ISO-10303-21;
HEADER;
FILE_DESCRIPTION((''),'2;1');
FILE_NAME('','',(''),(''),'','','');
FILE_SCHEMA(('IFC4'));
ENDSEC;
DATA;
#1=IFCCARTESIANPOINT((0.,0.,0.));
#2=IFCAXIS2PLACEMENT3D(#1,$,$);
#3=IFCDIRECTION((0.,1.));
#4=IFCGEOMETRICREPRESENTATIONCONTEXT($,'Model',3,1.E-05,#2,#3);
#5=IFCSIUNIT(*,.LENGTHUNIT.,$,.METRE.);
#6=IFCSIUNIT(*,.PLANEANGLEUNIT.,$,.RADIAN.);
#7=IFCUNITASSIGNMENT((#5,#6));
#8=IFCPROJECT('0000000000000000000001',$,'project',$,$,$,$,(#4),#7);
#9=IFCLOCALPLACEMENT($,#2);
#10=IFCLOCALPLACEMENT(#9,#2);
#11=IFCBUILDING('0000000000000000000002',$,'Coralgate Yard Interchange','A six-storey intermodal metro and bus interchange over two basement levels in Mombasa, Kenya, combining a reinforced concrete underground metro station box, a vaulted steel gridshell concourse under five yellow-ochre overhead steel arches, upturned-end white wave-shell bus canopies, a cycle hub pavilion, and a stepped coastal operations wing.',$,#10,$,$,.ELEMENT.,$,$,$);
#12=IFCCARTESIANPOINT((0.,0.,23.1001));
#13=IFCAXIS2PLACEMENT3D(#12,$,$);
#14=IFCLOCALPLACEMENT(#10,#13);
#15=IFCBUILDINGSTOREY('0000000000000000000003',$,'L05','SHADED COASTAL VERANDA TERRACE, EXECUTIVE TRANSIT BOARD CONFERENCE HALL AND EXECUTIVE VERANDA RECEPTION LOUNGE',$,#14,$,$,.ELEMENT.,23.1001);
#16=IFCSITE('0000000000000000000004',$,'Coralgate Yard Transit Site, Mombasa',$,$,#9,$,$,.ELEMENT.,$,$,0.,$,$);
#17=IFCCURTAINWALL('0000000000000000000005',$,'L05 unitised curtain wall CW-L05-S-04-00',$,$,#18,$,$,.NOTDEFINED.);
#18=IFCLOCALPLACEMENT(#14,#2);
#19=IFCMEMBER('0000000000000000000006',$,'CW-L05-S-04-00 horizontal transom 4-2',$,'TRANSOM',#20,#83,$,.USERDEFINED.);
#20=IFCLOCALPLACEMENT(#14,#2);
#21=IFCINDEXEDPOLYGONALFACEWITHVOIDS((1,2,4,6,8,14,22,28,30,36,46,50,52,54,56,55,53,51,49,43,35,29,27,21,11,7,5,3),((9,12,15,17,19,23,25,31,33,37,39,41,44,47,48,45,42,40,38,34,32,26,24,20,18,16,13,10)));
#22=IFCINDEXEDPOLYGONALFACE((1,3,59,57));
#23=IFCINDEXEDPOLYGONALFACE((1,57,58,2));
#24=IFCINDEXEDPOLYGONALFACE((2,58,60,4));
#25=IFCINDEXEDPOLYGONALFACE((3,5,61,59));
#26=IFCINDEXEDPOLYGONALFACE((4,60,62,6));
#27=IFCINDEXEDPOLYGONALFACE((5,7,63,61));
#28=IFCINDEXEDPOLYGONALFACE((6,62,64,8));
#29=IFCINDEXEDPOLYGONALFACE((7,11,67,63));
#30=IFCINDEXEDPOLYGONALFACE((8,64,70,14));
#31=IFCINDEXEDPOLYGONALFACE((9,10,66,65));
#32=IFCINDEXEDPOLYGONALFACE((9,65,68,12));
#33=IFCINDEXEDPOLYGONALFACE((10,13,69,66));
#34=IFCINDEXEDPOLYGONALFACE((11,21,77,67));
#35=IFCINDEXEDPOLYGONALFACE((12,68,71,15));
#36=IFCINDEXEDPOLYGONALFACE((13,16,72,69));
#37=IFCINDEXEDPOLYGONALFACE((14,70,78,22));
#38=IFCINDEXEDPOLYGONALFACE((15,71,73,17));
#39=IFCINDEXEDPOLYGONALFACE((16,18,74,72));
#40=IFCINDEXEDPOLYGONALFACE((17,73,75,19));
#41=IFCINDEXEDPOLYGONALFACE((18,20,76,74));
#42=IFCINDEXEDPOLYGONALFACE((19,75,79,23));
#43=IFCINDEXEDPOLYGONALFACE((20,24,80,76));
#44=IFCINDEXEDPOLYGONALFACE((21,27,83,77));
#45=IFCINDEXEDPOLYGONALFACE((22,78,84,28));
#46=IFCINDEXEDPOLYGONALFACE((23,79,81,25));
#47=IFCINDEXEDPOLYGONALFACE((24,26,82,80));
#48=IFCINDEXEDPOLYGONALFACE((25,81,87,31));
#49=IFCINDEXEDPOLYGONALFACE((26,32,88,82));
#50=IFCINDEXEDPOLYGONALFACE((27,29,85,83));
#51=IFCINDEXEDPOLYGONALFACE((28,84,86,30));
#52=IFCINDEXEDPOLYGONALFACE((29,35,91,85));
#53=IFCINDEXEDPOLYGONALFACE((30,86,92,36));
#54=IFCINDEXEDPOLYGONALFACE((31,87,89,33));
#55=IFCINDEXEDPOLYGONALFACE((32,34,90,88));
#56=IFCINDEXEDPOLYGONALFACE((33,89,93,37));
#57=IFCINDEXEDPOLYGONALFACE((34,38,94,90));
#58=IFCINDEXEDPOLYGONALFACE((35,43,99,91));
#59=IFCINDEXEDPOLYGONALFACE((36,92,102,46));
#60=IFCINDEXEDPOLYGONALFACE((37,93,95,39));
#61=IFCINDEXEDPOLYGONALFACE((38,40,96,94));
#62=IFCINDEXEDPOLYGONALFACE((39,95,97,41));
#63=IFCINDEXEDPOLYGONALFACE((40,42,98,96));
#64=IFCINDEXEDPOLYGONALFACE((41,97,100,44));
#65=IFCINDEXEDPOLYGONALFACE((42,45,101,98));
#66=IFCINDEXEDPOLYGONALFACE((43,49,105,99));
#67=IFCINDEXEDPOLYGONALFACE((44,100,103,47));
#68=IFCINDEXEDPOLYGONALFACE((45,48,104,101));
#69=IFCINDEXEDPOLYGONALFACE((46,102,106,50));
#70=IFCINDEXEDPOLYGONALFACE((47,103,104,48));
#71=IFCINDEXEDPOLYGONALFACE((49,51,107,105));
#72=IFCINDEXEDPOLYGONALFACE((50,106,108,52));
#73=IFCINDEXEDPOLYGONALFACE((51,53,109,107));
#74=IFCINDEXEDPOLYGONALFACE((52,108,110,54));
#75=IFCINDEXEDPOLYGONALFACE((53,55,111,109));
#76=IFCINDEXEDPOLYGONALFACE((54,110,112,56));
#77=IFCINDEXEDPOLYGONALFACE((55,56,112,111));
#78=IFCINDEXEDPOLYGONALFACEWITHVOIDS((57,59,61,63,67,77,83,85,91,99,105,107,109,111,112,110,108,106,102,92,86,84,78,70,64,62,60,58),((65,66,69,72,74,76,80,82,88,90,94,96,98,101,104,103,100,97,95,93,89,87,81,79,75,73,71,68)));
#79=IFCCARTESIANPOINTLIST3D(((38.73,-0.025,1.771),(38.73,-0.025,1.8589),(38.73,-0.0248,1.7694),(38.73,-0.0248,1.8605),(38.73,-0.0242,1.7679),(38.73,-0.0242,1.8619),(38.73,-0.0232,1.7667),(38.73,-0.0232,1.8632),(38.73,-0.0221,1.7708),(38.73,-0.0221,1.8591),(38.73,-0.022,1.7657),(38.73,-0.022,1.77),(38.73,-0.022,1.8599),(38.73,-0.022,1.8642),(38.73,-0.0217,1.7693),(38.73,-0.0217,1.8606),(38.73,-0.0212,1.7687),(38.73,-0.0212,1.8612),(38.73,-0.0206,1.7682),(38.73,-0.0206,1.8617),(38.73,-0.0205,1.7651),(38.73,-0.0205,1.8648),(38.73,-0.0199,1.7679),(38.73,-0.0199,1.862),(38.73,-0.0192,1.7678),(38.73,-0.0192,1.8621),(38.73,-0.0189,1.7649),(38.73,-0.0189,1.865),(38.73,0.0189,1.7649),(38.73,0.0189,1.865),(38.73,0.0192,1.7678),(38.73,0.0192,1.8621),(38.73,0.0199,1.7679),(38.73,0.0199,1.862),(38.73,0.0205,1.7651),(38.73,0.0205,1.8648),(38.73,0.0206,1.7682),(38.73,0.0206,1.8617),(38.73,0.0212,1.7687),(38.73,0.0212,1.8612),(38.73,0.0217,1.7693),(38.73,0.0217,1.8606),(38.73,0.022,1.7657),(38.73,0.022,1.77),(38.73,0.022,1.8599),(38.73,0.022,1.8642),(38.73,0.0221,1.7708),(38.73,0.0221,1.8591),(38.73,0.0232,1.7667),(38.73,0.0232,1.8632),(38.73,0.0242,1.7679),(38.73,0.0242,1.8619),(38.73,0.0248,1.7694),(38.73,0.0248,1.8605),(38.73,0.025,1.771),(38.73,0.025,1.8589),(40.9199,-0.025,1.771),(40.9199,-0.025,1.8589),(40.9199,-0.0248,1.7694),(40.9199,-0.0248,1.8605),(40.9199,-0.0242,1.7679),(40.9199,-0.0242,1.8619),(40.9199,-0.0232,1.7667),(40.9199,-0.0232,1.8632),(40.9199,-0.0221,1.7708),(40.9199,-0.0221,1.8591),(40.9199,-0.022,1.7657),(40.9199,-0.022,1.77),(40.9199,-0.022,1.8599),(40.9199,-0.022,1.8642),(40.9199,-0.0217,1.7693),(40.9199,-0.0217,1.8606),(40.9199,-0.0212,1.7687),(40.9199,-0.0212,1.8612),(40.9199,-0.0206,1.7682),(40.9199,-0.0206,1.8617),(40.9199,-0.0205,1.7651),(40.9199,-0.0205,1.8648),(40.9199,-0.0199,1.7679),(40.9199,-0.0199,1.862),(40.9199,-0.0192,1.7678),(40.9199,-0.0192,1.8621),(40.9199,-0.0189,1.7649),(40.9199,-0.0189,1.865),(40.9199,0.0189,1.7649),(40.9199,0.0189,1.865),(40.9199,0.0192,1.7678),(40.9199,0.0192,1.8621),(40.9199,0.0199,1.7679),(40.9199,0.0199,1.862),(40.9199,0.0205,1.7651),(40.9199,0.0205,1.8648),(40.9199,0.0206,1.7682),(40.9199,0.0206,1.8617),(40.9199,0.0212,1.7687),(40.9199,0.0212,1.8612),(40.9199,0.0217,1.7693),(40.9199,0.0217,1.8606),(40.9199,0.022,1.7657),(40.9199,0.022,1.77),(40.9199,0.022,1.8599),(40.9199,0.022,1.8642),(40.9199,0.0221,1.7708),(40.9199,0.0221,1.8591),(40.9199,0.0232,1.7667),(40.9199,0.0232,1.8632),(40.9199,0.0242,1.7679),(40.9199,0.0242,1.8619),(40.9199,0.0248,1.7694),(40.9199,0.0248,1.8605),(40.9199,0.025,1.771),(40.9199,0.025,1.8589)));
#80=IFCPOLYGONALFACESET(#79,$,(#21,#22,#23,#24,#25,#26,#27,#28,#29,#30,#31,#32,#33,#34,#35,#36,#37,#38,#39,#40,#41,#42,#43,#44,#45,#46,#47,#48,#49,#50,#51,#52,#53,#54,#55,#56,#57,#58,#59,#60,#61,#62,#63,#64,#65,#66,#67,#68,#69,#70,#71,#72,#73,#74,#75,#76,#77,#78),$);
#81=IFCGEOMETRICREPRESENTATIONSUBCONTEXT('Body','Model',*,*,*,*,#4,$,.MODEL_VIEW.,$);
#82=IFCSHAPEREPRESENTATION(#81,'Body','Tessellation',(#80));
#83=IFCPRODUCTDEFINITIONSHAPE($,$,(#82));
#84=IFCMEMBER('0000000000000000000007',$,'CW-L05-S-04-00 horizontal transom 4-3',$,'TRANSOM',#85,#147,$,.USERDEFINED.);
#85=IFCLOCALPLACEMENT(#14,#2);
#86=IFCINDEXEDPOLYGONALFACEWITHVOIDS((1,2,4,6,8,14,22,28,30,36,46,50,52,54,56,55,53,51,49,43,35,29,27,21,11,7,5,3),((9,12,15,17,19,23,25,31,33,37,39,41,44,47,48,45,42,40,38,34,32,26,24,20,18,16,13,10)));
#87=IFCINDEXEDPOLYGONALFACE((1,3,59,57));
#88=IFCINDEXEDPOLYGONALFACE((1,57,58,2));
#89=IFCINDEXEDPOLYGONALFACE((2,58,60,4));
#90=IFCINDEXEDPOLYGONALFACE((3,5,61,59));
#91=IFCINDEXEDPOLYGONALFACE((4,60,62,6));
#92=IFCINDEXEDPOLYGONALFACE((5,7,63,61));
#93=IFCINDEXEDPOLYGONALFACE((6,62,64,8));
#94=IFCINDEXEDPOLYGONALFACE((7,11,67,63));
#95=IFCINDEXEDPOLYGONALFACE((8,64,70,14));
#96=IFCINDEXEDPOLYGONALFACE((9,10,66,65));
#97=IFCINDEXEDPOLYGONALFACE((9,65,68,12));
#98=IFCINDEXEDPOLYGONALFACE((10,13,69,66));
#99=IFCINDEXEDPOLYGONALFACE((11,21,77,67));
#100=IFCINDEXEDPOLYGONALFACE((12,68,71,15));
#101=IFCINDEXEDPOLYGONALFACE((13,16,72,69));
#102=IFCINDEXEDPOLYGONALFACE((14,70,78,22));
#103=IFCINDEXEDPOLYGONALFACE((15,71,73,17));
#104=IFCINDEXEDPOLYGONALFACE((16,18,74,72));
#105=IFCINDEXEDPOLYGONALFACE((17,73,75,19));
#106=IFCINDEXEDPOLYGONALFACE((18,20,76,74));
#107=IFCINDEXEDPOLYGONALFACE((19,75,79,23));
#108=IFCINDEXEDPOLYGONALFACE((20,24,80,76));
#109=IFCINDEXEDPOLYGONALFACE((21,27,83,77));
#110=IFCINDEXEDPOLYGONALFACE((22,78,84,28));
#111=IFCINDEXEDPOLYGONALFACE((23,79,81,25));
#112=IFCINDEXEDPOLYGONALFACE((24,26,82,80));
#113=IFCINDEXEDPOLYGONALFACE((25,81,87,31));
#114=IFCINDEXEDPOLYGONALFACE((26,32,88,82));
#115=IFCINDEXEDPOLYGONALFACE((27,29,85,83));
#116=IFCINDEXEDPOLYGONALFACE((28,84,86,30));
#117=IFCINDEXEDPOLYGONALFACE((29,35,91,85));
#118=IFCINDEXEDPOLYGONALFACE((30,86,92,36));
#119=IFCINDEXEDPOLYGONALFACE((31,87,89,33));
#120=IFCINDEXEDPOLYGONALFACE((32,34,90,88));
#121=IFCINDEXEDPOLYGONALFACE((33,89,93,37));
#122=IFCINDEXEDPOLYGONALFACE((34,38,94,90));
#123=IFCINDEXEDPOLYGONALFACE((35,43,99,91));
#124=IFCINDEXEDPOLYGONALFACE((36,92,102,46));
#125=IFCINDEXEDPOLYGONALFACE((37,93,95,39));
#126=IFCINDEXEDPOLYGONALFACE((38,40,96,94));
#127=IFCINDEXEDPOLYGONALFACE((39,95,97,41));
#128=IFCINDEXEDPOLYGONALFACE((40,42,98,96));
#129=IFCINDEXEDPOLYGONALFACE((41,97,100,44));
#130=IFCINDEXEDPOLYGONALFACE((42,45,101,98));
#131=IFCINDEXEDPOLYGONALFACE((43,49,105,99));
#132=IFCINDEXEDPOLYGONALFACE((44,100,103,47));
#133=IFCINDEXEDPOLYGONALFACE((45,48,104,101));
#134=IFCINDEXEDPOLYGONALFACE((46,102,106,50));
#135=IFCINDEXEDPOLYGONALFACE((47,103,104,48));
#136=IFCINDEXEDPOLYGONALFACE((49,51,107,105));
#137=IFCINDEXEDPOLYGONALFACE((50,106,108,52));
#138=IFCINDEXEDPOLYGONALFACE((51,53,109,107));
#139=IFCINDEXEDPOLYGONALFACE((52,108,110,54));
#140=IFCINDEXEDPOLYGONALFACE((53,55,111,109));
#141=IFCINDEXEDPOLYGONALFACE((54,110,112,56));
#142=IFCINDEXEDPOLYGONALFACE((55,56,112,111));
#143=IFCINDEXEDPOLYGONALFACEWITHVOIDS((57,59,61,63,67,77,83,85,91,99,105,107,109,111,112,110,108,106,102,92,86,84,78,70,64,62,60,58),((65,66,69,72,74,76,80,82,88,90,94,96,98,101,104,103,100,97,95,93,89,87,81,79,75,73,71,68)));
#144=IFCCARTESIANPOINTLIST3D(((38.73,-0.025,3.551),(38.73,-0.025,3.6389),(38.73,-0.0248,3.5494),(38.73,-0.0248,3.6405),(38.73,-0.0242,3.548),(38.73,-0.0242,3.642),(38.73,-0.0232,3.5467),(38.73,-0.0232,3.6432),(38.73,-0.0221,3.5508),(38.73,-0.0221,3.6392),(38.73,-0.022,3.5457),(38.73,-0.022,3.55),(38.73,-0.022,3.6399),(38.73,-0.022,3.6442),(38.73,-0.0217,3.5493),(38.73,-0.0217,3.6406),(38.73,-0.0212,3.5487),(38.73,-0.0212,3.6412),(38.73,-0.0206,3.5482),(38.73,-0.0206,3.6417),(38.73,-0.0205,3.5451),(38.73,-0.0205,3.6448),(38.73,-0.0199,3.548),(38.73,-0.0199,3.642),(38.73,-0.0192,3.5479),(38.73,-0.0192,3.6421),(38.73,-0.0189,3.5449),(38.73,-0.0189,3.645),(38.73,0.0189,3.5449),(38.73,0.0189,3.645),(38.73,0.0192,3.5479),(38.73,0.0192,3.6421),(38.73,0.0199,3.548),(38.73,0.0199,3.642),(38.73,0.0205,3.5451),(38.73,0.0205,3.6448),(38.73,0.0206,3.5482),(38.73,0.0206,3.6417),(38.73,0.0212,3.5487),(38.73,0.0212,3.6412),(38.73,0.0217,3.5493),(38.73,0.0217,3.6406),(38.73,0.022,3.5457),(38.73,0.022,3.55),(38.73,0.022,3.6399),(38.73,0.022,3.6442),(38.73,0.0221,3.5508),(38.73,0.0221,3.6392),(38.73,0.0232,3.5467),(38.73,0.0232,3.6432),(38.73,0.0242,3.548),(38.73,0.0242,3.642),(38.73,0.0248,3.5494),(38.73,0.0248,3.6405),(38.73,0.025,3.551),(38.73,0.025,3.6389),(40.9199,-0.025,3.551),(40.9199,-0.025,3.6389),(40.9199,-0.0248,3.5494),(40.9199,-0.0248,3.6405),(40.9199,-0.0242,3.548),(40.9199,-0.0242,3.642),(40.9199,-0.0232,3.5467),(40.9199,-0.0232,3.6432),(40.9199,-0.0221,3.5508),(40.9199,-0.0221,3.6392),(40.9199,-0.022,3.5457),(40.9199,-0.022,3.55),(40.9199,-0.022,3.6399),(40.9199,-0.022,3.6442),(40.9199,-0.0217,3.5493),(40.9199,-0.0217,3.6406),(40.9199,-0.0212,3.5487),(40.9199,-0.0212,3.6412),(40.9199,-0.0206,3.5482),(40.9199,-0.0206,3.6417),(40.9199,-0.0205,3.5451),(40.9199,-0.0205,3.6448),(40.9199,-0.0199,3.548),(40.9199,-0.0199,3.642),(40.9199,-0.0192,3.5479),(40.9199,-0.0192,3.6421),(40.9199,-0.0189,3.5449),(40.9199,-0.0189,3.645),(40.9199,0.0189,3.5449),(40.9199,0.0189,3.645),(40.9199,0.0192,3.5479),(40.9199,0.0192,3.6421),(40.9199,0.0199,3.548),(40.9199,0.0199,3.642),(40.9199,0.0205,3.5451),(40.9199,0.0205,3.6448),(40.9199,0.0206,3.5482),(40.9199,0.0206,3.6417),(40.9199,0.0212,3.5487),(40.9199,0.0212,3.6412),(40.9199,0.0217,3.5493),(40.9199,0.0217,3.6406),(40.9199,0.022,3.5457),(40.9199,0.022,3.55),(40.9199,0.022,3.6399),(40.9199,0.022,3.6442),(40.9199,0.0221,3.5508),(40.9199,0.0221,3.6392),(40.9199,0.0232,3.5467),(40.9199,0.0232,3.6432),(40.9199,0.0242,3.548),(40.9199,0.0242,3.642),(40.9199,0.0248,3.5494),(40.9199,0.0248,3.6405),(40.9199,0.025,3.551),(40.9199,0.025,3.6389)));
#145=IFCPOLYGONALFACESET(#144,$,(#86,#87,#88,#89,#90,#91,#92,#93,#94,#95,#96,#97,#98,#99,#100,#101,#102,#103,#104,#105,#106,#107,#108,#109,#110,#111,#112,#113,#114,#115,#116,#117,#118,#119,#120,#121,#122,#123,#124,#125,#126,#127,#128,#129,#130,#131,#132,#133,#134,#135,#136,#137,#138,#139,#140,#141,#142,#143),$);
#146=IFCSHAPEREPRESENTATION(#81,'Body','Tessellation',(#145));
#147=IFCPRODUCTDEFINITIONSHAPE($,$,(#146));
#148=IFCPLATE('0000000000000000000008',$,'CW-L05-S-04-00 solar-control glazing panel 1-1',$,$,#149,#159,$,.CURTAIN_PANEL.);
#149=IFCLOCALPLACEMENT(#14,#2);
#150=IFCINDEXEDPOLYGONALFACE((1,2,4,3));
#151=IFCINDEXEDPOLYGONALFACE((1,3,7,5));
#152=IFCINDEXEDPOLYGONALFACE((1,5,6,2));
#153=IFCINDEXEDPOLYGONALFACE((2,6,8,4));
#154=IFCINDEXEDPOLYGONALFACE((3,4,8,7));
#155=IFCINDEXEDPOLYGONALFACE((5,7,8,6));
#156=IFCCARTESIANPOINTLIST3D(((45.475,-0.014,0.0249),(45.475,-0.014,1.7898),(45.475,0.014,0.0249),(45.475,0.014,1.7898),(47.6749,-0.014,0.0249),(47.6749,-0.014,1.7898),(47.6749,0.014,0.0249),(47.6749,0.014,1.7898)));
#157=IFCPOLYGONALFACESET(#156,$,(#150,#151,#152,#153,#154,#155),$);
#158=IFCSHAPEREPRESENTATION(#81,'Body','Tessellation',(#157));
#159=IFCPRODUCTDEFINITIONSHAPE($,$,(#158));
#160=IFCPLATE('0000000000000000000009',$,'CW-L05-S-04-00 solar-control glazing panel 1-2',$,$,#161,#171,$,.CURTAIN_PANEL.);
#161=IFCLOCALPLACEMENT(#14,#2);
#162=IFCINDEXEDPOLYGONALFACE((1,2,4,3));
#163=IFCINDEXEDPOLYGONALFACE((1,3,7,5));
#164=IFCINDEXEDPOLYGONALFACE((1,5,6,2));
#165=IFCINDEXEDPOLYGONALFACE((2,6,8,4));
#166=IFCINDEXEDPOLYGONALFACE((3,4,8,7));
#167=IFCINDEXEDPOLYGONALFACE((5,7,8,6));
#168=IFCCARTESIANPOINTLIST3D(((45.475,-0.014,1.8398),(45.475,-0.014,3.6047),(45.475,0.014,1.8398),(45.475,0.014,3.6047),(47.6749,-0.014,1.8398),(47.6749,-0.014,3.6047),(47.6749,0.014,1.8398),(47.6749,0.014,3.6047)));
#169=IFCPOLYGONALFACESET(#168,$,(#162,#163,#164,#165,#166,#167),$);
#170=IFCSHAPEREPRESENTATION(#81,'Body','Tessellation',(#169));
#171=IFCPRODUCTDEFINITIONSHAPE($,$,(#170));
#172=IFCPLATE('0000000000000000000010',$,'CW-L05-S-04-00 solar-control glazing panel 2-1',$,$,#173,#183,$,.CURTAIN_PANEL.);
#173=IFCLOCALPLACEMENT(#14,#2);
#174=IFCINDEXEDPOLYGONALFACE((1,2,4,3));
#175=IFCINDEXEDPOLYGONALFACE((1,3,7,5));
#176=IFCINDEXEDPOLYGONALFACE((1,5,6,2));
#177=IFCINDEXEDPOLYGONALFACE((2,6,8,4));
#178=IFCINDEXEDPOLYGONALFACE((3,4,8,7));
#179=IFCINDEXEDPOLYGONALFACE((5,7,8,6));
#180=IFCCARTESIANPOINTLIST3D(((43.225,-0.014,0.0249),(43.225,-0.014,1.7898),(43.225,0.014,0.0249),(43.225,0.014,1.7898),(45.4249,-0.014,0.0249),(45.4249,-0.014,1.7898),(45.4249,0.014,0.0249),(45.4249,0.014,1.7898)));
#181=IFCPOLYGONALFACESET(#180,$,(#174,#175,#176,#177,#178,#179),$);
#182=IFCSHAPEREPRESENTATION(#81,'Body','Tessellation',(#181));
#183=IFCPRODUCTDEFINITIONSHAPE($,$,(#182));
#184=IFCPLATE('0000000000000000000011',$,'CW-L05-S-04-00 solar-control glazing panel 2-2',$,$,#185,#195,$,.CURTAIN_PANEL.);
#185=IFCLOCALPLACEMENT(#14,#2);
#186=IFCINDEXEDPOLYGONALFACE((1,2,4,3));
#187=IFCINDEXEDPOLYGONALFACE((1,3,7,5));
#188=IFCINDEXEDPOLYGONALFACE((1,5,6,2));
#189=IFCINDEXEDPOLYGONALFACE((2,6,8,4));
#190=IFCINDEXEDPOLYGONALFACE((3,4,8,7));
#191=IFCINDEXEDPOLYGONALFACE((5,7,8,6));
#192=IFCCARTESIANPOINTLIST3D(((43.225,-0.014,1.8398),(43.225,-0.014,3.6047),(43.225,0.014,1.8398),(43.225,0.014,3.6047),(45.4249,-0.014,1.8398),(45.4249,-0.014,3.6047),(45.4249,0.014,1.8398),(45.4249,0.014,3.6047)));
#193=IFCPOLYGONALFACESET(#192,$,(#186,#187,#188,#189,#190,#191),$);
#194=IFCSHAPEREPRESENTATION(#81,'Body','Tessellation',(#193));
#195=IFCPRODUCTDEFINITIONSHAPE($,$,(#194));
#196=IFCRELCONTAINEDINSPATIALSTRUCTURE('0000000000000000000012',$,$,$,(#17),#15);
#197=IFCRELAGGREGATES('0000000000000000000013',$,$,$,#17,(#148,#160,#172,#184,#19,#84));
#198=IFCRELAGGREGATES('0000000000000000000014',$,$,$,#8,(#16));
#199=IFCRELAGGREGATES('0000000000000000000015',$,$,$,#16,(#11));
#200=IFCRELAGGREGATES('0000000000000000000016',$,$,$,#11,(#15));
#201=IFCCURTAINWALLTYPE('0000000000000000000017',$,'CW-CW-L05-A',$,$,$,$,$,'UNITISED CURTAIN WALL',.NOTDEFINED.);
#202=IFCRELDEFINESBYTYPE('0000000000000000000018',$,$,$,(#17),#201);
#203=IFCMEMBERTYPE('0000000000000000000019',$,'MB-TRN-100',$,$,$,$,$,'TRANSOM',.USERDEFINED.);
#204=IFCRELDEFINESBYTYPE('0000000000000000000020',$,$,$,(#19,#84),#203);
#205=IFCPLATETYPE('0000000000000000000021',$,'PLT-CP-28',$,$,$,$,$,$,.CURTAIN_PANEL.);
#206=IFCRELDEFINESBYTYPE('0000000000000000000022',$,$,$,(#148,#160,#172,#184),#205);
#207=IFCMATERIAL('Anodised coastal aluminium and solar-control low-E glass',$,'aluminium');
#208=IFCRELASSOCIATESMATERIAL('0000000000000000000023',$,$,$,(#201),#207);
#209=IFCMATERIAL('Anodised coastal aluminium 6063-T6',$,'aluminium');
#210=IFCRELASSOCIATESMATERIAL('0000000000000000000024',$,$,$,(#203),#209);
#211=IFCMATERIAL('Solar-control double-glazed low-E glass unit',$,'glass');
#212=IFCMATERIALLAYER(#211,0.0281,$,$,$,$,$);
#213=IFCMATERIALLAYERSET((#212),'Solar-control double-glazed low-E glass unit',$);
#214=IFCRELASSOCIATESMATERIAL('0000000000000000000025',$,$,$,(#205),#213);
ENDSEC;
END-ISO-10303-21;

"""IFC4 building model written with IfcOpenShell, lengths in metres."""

from ifc_helpers import new_model, si_unit, direction, frame, origin, origin_2d, place, context, subcontext, project, spatial, rectangle, hollow_rectangle, extrude, material, layer, layer_set, material_profile, profile_set, type_object, element, aggregate, save


model = new_model("IFC4")

# Units and contexts
model_context = context("Model", 3, precision=1e-05, world=origin(), true_north=direction((0.0, 1.0)))
body_context = subcontext(model_context, "Body", "Model", "MODEL_VIEW")
ifc_project = project(units=[si_unit("LENGTHUNIT", "METRE"), si_unit("PLANEANGLEUNIT", "RADIAN")], contexts=[model_context])

# Site, building, storey
site_placement = place(None, origin())
site = spatial("IfcSite", under=ifc_project, at=site_placement, Name="Coralgate Yard Transit Site, Mombasa", CompositionType="ELEMENT", RefElevation=0.0)
building_placement = place(site_placement, origin())
building = spatial("IfcBuilding", under=site, at=building_placement, Name="Coralgate Yard Interchange", Description="A six-storey intermodal metro and bus interchange over two basement levels in Mombasa, Kenya, combining a reinforced concrete underground metro station box, a vaulted steel gridshell concourse under five yellow-ochre overhead steel arches, upturned-end white wave-shell bus canopies, a cycle hub pavilion, and a stepped coastal operations wing.", CompositionType="ELEMENT")
storey_placement = place(building_placement, frame((0.0, 0.0, 23.1001)))
storey = spatial("IfcBuildingStorey", under=building, at=storey_placement, Name="L05", Description="SHADED COASTAL VERANDA TERRACE, EXECUTIVE TRANSIT BOARD CONFERENCE HALL AND EXECUTIVE VERANDA RECEPTION LOUNGE", CompositionType="ELEMENT", Elevation=23.1001)

# Curtain wall, members, plates
ifc_material_1 = material(Name="Anodised coastal aluminium and solar-control low-E glass", Category="aluminium")
curtain_wall_type = type_object("IfcCurtainWallType", Name="CW-CW-L05-A", ElementType="UNITISED CURTAIN WALL", PredefinedType="NOTDEFINED", material=ifc_material_1)
curtain_wall_placement = place(storey_placement, origin())
curtain_wall = element("IfcCurtainWall", 1, at=curtain_wall_placement, inside=storey, type_object=curtain_wall_type, Name="L05 unitised curtain wall CW-L05-S-04-00", PredefinedType="NOTDEFINED")
ifc_material_2 = material(Name="Anodised coastal aluminium 6063-T6", Category="aluminium")
ifc_material_profile_1 = material_profile(ifc_material_2, hollow_rectangle(XDim=0.05, YDim=0.1001, WallThickness=0.0029, InnerFilletRadius=0.0029, OuterFilletRadius=0.0061, at=origin_2d()), Name="ALU 50x100x3")
ifc_profile_set_1 = profile_set([ifc_material_profile_1], Name="Anodised coastal aluminium 6063-T6")
member_type_1 = type_object("IfcMemberType", Name="MB-TRN-100", ElementType="TRANSOM", PredefinedType="USERDEFINED", material=ifc_profile_set_1)
member_1_placement = place(storey_placement, frame((40.9199, 0.0, 1.8149), z_axis=(-1.0, 0.0, 0.0), x_axis=(0.0, -1.0, 0.0)))
member_1 = element("IfcMember", 2, at=member_1_placement, type_object=member_type_1, Name="CW-L05-S-04-00 horizontal transom 4-2", ObjectType="TRANSOM", PredefinedType="USERDEFINED", context=body_context, shape_type="SweptSolid", body=[
    extrude(hollow_rectangle(XDim=0.05, YDim=0.1001, WallThickness=0.0029, InnerFilletRadius=0.0029, OuterFilletRadius=0.0061, at=origin_2d()), origin(), (0.0, 0.0, 1.0), 2.1899),
])
member_2_placement = place(storey_placement, frame((40.9199, 0.0, 3.595), z_axis=(-1.0, 0.0, 0.0), x_axis=(0.0, -1.0, 0.0)))
member_2 = element("IfcMember", 3, at=member_2_placement, type_object=member_type_1, Name="CW-L05-S-04-00 horizontal transom 4-3", ObjectType="TRANSOM", PredefinedType="USERDEFINED", context=body_context, shape_type="SweptSolid", body=[
    extrude(hollow_rectangle(XDim=0.05, YDim=0.1001, WallThickness=0.0029, InnerFilletRadius=0.0029, OuterFilletRadius=0.0061, at=origin_2d()), origin(), (0.0, 0.0, 1.0), 2.1899),
])
ifc_material_3 = material(Name="Solar-control double-glazed low-E glass unit", Category="glass")
ifc_layer_1 = layer(ifc_material_3, 0.0281)
ifc_layer_set_1 = layer_set([ifc_layer_1], Name="Solar-control double-glazed low-E glass unit")
plate_type = type_object("IfcPlateType", Name="PLT-CP-28", PredefinedType="CURTAIN_PANEL", material=ifc_layer_set_1)
plate_1_placement = place(storey_placement, frame((46.575, 0.0, 0.0249), z_axis=(0.0, 0.0, 1.0), x_axis=(-1.0, 0.0, 0.0)))
plate_1 = element("IfcPlate", 4, at=plate_1_placement, type_object=plate_type, Name="CW-L05-S-04-00 solar-control glazing panel 1-1", PredefinedType="CURTAIN_PANEL", context=body_context, shape_type="SweptSolid", body=[
    extrude(rectangle(XDim=2.2, YDim=0.0281, at=origin_2d()), origin(), (0.0, 0.0, 1.0), 1.7649),
])
plate_2_placement = place(storey_placement, frame((46.575, 0.0, 1.8398), z_axis=(0.0, 0.0, 1.0), x_axis=(-1.0, 0.0, 0.0)))
plate_2 = element("IfcPlate", 5, at=plate_2_placement, type_object=plate_type, Name="CW-L05-S-04-00 solar-control glazing panel 1-2", PredefinedType="CURTAIN_PANEL", context=body_context, shape_type="SweptSolid", body=[
    extrude(rectangle(XDim=2.2, YDim=0.0281, at=origin_2d()), origin(), (0.0, 0.0, 1.0), 1.7649),
])
plate_3_placement = place(storey_placement, frame((44.325, 0.0, 0.0249), z_axis=(0.0, 0.0, 1.0), x_axis=(-1.0, 0.0, 0.0)))
plate_3 = element("IfcPlate", 6, at=plate_3_placement, type_object=plate_type, Name="CW-L05-S-04-00 solar-control glazing panel 2-1", PredefinedType="CURTAIN_PANEL", context=body_context, shape_type="SweptSolid", body=[
    extrude(rectangle(XDim=2.2, YDim=0.0281, at=origin_2d()), origin(), (0.0, 0.0, 1.0), 1.7649),
])
plate_4_placement = place(storey_placement, frame((44.325, 0.0, 1.8398), z_axis=(0.0, 0.0, 1.0), x_axis=(-1.0, 0.0, 0.0)))
plate_4 = element("IfcPlate", 7, at=plate_4_placement, type_object=plate_type, Name="CW-L05-S-04-00 solar-control glazing panel 2-2", PredefinedType="CURTAIN_PANEL", context=body_context, shape_type="SweptSolid", body=[
    extrude(rectangle(XDim=2.2, YDim=0.0281, at=origin_2d()), origin(), (0.0, 0.0, 1.0), 1.7649),
])
aggregate(curtain_wall, [plate_1, plate_2, plate_3, plate_4, member_1, member_2])

save(model, "model.ifc")
